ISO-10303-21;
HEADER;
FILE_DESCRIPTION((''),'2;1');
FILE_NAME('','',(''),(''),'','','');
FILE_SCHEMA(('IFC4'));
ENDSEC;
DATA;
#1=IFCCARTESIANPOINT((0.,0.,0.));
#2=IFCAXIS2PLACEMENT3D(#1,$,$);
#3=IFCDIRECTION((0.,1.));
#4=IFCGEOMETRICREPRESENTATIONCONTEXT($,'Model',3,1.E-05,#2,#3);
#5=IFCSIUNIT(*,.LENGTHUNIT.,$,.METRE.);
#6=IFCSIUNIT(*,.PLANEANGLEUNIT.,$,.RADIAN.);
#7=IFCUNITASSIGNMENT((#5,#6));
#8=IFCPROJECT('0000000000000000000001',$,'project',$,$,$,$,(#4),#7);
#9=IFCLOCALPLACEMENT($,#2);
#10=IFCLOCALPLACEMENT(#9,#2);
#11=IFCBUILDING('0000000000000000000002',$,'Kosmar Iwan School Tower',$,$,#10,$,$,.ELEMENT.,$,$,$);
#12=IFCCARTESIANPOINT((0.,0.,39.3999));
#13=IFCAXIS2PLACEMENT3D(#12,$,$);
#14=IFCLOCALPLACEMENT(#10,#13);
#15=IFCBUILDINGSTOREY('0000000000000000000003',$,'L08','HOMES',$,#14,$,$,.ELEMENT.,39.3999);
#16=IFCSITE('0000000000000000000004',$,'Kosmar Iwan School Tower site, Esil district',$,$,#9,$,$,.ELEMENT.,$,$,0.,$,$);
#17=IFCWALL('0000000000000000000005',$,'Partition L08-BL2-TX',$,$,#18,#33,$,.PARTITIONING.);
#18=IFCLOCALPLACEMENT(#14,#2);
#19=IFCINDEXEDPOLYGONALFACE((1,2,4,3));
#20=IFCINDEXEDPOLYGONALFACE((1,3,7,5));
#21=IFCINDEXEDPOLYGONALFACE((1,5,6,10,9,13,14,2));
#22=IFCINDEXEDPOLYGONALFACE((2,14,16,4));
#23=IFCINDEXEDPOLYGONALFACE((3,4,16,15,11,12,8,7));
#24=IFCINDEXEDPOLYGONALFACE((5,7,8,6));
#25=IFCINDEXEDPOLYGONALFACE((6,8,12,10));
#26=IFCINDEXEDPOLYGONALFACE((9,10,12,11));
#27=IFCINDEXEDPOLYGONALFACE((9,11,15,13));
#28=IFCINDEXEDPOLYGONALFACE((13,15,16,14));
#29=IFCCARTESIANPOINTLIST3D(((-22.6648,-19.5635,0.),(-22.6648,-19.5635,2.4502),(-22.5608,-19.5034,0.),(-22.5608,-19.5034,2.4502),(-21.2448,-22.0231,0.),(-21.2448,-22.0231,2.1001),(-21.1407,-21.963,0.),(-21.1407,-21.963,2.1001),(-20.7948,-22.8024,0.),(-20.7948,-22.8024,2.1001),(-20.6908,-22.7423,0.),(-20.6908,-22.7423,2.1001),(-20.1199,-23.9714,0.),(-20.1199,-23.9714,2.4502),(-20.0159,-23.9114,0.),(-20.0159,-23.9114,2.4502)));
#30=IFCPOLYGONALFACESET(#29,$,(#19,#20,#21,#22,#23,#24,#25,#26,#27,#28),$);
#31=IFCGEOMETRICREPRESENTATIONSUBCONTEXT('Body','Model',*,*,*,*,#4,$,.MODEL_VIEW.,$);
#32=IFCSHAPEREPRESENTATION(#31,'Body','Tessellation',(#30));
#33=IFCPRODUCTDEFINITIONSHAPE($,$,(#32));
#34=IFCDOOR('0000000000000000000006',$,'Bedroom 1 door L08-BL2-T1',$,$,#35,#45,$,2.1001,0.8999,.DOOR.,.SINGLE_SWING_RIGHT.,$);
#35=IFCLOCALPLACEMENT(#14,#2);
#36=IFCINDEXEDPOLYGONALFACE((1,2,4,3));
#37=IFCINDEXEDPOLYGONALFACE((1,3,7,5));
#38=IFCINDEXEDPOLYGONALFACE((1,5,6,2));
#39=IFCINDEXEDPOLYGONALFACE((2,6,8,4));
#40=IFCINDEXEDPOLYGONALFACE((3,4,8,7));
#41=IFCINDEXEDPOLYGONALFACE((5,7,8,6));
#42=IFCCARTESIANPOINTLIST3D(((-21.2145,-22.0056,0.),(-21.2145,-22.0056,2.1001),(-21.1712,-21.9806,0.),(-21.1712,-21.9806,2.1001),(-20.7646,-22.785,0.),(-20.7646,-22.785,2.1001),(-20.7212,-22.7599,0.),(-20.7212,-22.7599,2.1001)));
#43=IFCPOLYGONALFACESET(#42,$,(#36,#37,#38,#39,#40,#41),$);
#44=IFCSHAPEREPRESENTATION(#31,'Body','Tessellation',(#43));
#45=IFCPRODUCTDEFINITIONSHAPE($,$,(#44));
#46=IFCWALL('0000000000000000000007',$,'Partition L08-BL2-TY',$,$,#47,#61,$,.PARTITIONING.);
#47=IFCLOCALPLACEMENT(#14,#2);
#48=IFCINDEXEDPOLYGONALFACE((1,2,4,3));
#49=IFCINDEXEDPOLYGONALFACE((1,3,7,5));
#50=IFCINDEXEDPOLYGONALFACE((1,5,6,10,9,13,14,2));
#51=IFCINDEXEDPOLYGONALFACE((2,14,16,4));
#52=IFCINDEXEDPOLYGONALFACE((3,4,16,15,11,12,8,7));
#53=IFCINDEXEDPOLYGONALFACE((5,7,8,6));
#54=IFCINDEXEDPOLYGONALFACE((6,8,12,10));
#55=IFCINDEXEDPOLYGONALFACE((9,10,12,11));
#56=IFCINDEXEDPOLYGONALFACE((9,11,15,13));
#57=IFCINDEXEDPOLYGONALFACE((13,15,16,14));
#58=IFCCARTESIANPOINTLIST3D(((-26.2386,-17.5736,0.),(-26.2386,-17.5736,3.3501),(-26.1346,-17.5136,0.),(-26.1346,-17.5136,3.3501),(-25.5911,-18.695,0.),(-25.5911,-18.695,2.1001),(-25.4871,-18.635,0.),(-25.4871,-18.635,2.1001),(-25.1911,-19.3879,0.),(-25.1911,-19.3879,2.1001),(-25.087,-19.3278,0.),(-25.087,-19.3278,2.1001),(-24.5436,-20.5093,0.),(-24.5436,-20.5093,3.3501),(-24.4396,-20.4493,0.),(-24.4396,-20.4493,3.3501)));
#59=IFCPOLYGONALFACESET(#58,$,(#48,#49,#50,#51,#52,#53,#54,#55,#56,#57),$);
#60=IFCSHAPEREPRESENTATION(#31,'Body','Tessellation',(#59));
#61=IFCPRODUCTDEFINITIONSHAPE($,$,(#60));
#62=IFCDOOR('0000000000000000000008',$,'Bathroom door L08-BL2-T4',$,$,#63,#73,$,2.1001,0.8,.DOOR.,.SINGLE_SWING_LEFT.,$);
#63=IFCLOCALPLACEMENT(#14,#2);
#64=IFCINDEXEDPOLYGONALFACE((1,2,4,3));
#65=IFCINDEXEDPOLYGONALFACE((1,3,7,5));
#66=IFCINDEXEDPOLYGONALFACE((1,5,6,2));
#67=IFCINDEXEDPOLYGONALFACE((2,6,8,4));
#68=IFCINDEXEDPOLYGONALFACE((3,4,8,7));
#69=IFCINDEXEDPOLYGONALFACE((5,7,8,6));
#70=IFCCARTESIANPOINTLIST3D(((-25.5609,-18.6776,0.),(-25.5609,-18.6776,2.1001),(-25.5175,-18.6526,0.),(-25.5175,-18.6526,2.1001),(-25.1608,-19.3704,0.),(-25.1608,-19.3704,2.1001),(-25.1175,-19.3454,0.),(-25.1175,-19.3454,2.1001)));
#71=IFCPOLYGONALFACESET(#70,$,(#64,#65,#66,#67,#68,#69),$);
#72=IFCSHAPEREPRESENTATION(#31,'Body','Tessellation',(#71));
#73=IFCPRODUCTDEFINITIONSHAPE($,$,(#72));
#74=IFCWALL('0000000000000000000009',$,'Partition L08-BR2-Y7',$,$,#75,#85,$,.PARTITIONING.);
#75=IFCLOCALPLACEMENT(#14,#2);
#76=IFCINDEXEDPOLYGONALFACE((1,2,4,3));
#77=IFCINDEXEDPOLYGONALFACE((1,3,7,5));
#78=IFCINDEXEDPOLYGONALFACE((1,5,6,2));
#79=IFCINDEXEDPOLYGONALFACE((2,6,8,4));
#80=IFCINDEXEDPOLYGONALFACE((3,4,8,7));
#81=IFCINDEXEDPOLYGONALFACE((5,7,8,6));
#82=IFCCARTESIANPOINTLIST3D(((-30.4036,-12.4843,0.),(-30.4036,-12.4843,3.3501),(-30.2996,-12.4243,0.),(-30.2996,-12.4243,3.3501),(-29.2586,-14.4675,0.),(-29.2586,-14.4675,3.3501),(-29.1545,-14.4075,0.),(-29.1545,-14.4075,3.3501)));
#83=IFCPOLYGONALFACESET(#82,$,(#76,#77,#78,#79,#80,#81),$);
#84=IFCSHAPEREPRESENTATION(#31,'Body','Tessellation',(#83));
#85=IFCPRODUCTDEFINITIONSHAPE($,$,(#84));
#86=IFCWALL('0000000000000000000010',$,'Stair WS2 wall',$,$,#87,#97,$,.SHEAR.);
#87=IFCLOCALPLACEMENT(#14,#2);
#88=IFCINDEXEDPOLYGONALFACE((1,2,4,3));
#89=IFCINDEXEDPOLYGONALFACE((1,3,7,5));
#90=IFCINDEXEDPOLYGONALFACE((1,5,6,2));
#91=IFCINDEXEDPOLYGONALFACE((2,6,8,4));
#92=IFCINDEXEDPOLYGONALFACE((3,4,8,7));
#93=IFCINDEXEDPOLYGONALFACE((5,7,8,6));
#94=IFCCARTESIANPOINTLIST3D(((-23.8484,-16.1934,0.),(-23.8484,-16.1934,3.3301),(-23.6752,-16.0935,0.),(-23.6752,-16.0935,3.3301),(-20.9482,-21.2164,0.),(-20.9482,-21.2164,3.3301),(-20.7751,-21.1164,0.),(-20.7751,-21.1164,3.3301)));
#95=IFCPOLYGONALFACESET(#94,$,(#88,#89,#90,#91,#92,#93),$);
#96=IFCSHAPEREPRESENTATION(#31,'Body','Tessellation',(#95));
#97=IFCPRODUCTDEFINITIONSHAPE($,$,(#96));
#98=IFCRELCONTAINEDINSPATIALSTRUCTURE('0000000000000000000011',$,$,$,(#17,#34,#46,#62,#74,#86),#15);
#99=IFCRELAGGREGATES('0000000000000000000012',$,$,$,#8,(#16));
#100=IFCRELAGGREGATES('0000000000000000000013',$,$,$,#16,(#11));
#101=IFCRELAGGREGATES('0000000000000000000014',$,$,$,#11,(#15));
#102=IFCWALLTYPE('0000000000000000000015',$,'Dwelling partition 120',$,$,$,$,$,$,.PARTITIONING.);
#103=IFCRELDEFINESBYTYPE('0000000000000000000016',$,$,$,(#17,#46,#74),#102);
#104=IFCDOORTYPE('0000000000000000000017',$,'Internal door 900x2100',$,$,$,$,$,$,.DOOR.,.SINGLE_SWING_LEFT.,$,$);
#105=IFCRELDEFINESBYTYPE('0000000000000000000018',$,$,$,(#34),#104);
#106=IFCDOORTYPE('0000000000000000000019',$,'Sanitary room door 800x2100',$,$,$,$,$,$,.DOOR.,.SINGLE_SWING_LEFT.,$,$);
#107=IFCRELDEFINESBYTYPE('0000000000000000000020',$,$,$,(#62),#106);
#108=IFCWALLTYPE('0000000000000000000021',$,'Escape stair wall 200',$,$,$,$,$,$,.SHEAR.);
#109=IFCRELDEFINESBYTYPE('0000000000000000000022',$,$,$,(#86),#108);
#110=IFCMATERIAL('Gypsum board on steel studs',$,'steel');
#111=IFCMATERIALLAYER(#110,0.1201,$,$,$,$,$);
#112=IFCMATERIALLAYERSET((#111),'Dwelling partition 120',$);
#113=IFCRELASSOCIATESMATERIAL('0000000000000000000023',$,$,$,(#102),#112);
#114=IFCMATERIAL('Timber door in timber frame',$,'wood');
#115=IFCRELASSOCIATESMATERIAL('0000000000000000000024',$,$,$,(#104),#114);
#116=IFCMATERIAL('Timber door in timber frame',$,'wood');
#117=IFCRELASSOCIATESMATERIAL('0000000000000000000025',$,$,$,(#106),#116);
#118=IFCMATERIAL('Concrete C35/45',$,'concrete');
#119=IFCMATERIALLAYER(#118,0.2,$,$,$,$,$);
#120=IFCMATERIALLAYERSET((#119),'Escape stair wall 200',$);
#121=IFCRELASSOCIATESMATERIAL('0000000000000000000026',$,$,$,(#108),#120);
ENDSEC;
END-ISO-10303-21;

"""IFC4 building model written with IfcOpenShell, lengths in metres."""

from ifc_helpers import new_model, si_unit, direction, frame, frame_2d, origin, place, context, subcontext, project, spatial, rectangle, extrude, material, layer, layer_set, type_object, element, fill, save


model = new_model("IFC4")

# Units and contexts
model_context = context("Model", 3, precision=1e-05, world=origin(), true_north=direction((0.0, 1.0)))
body_context = subcontext(model_context, "Body", "Model", "MODEL_VIEW")
ifc_project = project(units=[si_unit("LENGTHUNIT", "METRE"), si_unit("PLANEANGLEUNIT", "RADIAN")], contexts=[model_context])

# Site, building, storey
site_placement = place(None, origin())
site = spatial("IfcSite", under=ifc_project, at=site_placement, Name="Kosmar Iwan School Tower site, Esil district", CompositionType="ELEMENT", RefElevation=0.0)
building_placement = place(site_placement, origin())
building = spatial("IfcBuilding", under=site, at=building_placement, Name="Kosmar Iwan School Tower", CompositionType="ELEMENT")
storey_placement = place(building_placement, frame((0.0, 0.0, 39.3999)))
storey = spatial("IfcBuildingStorey", under=building, at=storey_placement, Name="L08", Description="HOMES", CompositionType="ELEMENT", Elevation=39.3999)

# Walls, openings, doors
ifc_material_1 = material(Name="Gypsum board on steel studs", Category="steel")
ifc_layer_1 = layer(ifc_material_1, 0.1201)
ifc_layer_set_1 = layer_set([ifc_layer_1], Name="Dwelling partition 120")
wall_type_1 = type_object("IfcWallType", Name="Dwelling partition 120", PredefinedType="PARTITIONING", material=ifc_layer_set_1)
wall_1_placement = place(storey_placement, frame((-22.6128, -19.5334, 0.0), z_axis=(0.0, 0.0, 1.0), x_axis=(0.499998, -0.866027, 0.0)))
wall_1 = element("IfcWall", 1, at=wall_1_placement, inside=storey, type_object=wall_type_1, Name="Partition L08-BL2-TX", PredefinedType="PARTITIONING", context=body_context, shape_type="SweptSolid", body=[
    extrude(rectangle(XDim=5.0898, YDim=0.1201, at=frame_2d((2.5449, 0.0))), origin(), (0.0, 0.0, 1.0), 2.4502),
])
opening_1_placement = place(wall_1_placement, frame((2.8401, 0.0, 0.0)))
opening_1 = element("IfcOpeningElement", 2, at=opening_1_placement, cuts=wall_1, PredefinedType="OPENING", context=body_context, shape_type="SweptSolid", body=[
    extrude(rectangle(XDim=0.8999, YDim=2.1001, at=frame_2d((0.45, 1.05))), frame((0.0, 0.072, 0.0), z_axis=(0.0, -1.0, 0.0), x_axis=(1.0, 0.0, 0.0)), (0.0, 0.0, 1.0), 0.144),
])
ifc_material_2 = material(Name="Timber door in timber frame", Category="wood")
door_type_1 = type_object("IfcDoorType", Name="Internal door 900x2100", OperationType="SINGLE_SWING_LEFT", PredefinedType="DOOR", material=ifc_material_2)
door_1_placement = place(opening_1_placement, origin())
door_1 = element("IfcDoor", 3, at=door_1_placement, inside=storey, type_object=door_type_1, Name="Bedroom 1 door L08-BL2-T1", OperationType="SINGLE_SWING_RIGHT", OverallHeight=2.1001, OverallWidth=0.8999, PredefinedType="DOOR", context=body_context, shape_type="SweptSolid", body=[
    extrude(rectangle(XDim=0.8999, YDim=2.1001, at=frame_2d((0.45, 1.05))), frame((0.0, 0.0249, 0.0), z_axis=(0.0, -1.0, 0.0), x_axis=(1.0, 0.0, 0.0)), (0.0, 0.0, 1.0), 0.05),
])
fill(opening_1, door_1)
wall_2_placement = place(storey_placement, frame((-26.1865, -17.5437, 0.0), z_axis=(0.0, 0.0, 1.0), x_axis=(0.50002, -0.866014, 0.0)))
wall_2 = element("IfcWall", 4, at=wall_2_placement, inside=storey, type_object=wall_type_1, Name="Partition L08-BL2-TY", PredefinedType="PARTITIONING", context=body_context, shape_type="SweptSolid", body=[
    extrude(rectangle(XDim=3.3899, YDim=0.1201, at=frame_2d((1.6948, 0.0))), origin(), (0.0, 0.0, 1.0), 3.3501),
])
opening_2_placement = place(wall_2_placement, frame((1.2949, 0.0, 0.0)))
opening_2 = element("IfcOpeningElement", 5, at=opening_2_placement, cuts=wall_2, PredefinedType="OPENING", context=body_context, shape_type="SweptSolid", body=[
    extrude(rectangle(XDim=0.8, YDim=2.1001, at=frame_2d((0.3999, 1.05))), frame((0.0, 0.072, 0.0), z_axis=(0.0, -1.0, 0.0), x_axis=(1.0, 0.0, 0.0)), (0.0, 0.0, 1.0), 0.144),
])
ifc_material_3 = material(Name="Timber door in timber frame", Category="wood")
door_type_2 = type_object("IfcDoorType", Name="Sanitary room door 800x2100", OperationType="SINGLE_SWING_LEFT", PredefinedType="DOOR", material=ifc_material_3)
door_2_placement = place(opening_2_placement, origin())
door_2 = element("IfcDoor", 6, at=door_2_placement, inside=storey, type_object=door_type_2, Name="Bathroom door L08-BL2-T4", OperationType="SINGLE_SWING_LEFT", OverallHeight=2.1001, OverallWidth=0.8, PredefinedType="DOOR", context=body_context, shape_type="SweptSolid", body=[
    extrude(rectangle(XDim=0.8, YDim=2.1001, at=frame_2d((0.3999, 1.05))), frame((0.0, 0.0249, 0.0), z_axis=(0.0, -1.0, 0.0), x_axis=(1.0, 0.0, 0.0)), (0.0, 0.0, 1.0), 0.05),
])
fill(opening_2, door_2)

# Walls
wall_3_placement = place(storey_placement, frame((-29.2065, -14.4375, 0.0), z_axis=(0.0, 0.0, 1.0), x_axis=(-0.500015, 0.866017, 0.0)))
element("IfcWall", 7, at=wall_3_placement, inside=storey, type_object=wall_type_1, Name="Partition L08-BR2-Y7", PredefinedType="PARTITIONING", context=body_context, shape_type="SweptSolid", body=[
    extrude(rectangle(XDim=2.29, YDim=0.1201, at=frame_2d((1.145, 0.0))), origin(), (0.0, 0.0, 1.0), 3.3501),
])
ifc_material_4 = material(Name="Concrete C35/45", Category="concrete")
ifc_layer_2 = layer(ifc_material_4, 0.2)
ifc_layer_set_2 = layer_set([ifc_layer_2], Name="Escape stair wall 200")
wall_type_2 = type_object("IfcWallType", Name="Escape stair wall 200", PredefinedType="SHEAR", material=ifc_layer_set_2)
wall_4_placement = place(storey_placement, frame((-23.7617, -16.1436, 0.0), z_axis=(0.0, 0.0, 1.0), x_axis=(0.500019, -0.866015, 0.0)))
element("IfcWall", 8, at=wall_4_placement, inside=storey, type_object=wall_type_2, Name="Stair WS2 wall", PredefinedType="SHEAR", context=body_context, shape_type="SweptSolid", body=[
    extrude(rectangle(XDim=5.8, YDim=0.2, at=frame_2d((2.8999, 0.0))), origin(), (0.0, 0.0, 1.0), 3.3301),
])

save(model, "model.ifc")
